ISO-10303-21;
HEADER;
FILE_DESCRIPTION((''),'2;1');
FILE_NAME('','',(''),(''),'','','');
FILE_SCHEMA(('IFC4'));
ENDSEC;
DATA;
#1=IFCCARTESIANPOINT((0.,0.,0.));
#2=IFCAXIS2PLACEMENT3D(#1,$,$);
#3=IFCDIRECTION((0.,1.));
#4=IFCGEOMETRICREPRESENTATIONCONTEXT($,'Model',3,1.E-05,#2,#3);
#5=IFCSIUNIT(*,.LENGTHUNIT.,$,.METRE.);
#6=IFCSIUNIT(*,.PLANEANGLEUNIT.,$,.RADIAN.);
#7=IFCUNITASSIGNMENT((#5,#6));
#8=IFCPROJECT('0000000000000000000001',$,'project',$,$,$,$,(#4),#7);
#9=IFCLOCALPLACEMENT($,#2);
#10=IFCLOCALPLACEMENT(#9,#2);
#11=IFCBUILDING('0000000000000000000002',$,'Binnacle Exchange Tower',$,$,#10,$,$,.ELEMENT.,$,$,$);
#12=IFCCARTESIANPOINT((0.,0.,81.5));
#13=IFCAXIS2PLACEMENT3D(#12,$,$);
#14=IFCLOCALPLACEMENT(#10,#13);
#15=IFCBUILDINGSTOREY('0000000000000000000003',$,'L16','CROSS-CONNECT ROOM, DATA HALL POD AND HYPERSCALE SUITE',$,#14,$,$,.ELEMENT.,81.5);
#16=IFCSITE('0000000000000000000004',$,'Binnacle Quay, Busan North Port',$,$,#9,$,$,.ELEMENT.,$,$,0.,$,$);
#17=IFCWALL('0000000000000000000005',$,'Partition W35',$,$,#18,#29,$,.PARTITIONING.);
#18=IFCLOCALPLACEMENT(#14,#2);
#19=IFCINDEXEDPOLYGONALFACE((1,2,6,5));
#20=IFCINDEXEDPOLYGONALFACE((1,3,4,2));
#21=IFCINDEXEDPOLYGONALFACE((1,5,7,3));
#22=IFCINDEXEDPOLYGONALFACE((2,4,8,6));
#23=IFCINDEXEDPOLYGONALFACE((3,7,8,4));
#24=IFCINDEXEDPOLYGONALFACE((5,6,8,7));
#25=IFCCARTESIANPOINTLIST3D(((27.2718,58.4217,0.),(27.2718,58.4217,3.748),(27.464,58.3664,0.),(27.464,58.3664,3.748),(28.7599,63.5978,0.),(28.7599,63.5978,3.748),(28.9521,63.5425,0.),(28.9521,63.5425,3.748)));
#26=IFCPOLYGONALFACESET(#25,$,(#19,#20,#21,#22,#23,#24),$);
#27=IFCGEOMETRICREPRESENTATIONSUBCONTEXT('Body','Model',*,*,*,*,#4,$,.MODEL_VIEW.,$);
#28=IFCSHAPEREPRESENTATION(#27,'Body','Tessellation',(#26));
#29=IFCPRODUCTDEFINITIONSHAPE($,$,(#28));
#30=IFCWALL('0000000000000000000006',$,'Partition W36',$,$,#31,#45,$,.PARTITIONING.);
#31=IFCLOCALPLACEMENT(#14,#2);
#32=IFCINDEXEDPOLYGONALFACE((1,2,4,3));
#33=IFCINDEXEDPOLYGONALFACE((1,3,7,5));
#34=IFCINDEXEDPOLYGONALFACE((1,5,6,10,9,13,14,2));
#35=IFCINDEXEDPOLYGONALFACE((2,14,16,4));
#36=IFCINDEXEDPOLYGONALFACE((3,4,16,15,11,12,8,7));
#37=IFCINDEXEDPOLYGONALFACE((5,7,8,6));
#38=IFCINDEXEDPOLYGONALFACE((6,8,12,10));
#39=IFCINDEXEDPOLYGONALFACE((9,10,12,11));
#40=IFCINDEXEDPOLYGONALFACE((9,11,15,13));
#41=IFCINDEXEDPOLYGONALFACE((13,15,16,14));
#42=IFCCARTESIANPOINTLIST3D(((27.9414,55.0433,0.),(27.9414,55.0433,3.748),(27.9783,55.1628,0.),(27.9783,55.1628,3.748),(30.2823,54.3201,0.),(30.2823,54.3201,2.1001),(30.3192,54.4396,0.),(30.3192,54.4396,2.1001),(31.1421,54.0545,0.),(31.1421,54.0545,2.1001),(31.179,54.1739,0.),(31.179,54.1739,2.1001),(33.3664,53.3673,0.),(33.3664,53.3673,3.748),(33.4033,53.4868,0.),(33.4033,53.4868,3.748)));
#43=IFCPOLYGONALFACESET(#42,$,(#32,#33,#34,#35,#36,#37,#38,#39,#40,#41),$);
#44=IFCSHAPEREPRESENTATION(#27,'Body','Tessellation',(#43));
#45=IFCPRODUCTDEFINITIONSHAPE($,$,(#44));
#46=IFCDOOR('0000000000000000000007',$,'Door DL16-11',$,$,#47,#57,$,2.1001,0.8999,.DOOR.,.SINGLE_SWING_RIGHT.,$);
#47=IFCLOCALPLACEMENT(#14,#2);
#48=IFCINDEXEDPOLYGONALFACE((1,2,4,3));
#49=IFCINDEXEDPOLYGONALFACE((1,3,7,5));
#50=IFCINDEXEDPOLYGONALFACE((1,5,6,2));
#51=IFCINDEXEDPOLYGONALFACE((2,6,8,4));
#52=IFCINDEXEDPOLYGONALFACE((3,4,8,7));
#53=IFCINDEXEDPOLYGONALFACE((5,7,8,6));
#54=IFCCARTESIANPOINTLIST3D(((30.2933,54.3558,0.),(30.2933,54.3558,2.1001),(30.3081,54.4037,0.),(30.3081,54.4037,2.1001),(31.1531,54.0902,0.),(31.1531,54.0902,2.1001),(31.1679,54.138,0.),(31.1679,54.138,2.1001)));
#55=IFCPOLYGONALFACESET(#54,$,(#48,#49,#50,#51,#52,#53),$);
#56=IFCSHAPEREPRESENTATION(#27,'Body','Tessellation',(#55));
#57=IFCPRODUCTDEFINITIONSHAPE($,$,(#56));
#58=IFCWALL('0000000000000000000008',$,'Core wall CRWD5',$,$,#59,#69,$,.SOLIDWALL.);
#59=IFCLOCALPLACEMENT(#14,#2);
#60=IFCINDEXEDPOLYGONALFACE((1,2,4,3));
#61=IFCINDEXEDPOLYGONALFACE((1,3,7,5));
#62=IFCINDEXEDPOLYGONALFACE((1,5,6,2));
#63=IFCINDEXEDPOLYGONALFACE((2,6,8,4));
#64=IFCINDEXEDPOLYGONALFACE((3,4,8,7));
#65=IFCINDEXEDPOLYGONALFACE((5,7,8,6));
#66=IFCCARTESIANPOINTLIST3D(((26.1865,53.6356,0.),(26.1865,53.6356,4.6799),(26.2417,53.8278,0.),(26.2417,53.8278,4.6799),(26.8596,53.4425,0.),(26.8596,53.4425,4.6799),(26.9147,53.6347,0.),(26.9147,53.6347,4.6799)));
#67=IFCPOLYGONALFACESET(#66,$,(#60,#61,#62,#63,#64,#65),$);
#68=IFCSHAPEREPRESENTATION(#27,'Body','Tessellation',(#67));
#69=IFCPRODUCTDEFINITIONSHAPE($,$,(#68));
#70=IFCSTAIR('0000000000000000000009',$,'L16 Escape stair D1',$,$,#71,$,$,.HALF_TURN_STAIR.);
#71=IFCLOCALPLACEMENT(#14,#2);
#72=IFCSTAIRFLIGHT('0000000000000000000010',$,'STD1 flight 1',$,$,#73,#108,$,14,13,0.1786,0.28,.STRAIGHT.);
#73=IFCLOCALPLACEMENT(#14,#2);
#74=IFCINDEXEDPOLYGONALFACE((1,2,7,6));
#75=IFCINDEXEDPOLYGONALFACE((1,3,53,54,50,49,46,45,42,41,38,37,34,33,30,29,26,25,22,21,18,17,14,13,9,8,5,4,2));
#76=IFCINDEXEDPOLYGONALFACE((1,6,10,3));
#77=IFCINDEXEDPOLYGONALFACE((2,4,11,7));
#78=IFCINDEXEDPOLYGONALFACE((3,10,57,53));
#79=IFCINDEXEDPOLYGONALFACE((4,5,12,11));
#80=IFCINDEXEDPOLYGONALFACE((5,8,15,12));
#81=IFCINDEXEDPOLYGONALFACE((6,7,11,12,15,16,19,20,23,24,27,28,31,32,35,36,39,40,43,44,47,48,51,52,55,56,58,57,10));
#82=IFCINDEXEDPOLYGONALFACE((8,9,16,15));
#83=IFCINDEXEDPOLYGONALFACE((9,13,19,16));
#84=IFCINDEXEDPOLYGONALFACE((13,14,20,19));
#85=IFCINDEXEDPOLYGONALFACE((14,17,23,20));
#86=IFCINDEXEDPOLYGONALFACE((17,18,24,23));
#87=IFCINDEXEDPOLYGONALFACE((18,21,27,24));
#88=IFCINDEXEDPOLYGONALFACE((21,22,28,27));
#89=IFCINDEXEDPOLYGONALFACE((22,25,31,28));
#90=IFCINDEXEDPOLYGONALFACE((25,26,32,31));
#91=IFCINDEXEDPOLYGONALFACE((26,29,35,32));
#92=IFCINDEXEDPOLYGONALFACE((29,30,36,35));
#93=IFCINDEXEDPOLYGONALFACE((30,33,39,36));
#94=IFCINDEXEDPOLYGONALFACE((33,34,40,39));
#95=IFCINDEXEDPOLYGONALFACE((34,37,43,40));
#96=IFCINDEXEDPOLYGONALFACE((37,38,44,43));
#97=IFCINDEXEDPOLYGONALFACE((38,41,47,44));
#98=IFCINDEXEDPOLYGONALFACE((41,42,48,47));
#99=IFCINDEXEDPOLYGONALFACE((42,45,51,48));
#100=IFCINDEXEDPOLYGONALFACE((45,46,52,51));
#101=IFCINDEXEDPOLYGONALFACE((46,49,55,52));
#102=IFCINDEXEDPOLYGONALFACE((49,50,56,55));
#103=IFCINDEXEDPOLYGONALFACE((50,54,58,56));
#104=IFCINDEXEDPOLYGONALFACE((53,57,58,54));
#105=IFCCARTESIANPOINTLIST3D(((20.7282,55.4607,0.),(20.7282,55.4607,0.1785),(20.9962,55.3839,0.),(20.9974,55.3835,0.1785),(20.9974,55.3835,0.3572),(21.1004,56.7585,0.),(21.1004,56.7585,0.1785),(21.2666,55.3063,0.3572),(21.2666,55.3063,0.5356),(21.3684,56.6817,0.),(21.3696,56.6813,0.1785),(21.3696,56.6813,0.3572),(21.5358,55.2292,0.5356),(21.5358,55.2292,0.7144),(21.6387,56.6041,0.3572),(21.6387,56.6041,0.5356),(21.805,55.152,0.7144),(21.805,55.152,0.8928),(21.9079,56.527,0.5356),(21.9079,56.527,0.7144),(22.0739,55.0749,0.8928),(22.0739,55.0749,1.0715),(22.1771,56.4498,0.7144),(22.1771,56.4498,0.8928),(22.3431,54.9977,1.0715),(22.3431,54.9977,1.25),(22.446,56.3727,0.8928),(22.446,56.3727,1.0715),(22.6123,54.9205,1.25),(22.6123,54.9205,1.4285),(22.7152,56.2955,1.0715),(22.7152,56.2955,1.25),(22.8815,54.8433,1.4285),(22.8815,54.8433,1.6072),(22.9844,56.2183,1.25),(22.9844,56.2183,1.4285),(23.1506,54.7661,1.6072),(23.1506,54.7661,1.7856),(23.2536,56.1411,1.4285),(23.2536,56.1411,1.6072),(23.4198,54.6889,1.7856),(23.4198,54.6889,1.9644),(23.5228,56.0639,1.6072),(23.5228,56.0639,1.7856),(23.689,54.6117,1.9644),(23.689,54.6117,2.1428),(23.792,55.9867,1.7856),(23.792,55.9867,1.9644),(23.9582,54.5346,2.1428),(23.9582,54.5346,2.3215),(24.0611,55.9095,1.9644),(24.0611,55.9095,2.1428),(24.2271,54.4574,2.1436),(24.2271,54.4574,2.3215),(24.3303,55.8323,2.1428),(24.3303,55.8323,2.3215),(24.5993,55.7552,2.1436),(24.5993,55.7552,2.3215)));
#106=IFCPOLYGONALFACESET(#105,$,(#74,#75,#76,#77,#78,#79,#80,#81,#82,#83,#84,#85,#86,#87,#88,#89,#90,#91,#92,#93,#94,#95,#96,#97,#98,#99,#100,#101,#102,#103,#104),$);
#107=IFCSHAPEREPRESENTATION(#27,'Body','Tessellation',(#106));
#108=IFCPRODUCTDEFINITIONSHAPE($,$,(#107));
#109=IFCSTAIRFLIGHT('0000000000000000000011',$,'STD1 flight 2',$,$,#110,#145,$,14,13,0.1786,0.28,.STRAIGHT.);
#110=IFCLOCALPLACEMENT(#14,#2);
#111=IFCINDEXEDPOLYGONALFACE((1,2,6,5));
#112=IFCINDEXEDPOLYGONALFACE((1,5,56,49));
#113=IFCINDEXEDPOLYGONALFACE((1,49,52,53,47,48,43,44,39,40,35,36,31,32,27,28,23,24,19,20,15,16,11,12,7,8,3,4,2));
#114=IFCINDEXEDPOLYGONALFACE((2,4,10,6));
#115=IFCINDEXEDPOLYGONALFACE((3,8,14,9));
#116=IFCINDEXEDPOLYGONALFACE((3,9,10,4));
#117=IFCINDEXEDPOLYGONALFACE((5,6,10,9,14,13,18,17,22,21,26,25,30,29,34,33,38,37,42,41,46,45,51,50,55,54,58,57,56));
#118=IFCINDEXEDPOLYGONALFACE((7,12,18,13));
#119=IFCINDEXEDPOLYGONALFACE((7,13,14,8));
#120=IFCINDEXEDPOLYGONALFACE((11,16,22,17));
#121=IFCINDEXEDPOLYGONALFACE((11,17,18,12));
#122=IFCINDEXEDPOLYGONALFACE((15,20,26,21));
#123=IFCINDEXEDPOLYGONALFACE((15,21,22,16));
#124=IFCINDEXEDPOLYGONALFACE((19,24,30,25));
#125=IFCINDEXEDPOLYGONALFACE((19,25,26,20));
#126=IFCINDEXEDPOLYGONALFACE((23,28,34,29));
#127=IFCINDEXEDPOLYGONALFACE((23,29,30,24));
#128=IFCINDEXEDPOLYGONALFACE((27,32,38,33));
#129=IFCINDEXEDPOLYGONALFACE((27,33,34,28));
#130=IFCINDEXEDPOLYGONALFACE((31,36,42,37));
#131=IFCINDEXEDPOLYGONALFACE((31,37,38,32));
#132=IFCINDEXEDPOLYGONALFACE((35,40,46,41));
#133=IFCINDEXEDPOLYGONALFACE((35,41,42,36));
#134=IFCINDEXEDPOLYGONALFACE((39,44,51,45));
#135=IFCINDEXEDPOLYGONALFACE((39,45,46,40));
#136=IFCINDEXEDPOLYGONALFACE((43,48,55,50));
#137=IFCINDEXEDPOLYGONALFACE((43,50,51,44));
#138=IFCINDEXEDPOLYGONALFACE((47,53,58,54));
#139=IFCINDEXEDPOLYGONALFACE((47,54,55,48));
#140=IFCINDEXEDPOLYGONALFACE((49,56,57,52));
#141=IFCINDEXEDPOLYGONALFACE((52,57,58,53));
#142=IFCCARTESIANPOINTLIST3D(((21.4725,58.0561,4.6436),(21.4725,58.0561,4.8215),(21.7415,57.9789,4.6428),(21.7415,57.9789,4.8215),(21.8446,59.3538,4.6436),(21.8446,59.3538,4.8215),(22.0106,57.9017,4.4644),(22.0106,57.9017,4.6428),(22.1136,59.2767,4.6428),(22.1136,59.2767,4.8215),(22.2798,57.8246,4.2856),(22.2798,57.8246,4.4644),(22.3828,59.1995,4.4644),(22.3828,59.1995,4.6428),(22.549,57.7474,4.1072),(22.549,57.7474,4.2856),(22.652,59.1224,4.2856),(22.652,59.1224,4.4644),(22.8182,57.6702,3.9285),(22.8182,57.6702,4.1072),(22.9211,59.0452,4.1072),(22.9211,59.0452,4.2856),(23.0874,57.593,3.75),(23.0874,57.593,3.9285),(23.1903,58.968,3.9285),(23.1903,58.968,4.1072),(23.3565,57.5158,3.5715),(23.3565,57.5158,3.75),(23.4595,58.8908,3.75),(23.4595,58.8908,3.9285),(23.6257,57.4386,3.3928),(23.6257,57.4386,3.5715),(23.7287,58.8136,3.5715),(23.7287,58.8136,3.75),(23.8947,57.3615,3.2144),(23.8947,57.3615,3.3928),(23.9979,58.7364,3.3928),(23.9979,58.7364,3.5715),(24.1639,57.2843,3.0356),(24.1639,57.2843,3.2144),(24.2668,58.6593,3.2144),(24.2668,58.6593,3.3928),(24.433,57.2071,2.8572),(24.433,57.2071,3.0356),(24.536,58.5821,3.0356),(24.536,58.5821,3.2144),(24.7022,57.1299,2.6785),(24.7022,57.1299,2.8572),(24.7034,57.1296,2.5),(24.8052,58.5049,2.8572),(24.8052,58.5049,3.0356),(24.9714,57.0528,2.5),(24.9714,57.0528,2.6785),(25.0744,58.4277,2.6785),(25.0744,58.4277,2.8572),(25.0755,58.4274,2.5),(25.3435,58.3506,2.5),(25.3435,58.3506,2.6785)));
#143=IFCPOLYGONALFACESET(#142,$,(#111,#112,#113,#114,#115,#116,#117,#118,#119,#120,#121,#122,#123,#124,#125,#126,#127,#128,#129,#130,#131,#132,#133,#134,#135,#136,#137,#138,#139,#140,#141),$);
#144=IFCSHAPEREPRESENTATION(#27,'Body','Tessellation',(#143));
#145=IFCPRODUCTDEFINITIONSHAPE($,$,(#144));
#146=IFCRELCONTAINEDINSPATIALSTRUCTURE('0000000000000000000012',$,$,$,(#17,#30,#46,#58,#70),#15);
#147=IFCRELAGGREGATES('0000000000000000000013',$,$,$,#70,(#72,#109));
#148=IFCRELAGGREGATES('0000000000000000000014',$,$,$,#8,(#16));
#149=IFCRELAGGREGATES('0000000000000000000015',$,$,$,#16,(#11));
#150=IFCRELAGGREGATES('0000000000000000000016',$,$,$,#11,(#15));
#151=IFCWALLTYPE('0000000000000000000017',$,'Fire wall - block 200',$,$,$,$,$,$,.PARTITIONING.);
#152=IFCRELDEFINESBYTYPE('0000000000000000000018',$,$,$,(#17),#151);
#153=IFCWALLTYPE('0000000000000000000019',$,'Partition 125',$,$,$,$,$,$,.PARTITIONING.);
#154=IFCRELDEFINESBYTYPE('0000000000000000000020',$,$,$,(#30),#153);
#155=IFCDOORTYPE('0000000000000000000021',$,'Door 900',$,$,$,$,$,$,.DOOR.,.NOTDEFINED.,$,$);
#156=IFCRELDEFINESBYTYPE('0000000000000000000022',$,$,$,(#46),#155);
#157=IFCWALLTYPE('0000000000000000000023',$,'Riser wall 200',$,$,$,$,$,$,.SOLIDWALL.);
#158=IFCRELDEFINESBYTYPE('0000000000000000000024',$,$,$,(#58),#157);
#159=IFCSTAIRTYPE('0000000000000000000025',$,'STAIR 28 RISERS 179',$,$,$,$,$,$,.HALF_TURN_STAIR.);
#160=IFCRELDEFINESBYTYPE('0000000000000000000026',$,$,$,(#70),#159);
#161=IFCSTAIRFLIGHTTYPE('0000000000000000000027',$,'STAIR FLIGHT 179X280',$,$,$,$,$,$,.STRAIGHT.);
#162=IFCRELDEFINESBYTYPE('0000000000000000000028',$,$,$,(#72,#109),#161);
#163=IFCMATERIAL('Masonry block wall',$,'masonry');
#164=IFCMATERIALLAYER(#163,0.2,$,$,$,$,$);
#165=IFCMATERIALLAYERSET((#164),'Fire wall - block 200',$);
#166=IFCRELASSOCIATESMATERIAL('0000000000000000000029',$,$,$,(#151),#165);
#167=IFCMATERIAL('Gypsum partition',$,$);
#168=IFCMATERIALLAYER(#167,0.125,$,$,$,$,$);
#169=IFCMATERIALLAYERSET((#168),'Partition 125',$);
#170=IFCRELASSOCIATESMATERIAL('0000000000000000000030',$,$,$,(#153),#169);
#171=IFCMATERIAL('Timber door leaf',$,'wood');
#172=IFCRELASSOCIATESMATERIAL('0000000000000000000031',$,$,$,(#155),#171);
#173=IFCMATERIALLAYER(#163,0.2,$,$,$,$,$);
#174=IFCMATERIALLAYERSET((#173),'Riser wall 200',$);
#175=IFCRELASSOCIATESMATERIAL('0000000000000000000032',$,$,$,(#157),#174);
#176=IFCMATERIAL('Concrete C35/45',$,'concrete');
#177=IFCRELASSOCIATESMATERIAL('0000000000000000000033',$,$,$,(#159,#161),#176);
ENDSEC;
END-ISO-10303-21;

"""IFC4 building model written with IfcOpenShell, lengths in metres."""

from ifc_helpers import new_model, si_unit, direction, frame, frame_2d, origin, place, context, subcontext, project, spatial, polyline, rectangle, outline, extrude, material, layer, layer_set, type_object, element, fill, aggregate, save


model = new_model("IFC4")

# Units and contexts
model_context = context("Model", 3, precision=1e-05, world=origin(), true_north=direction((0.0, 1.0)))
body_context = subcontext(model_context, "Body", "Model", "MODEL_VIEW")
ifc_project = project(units=[si_unit("LENGTHUNIT", "METRE"), si_unit("PLANEANGLEUNIT", "RADIAN")], contexts=[model_context])

# Site, building, storey
site_placement = place(None, origin())
site = spatial("IfcSite", under=ifc_project, at=site_placement, Name="Binnacle Quay, Busan North Port", CompositionType="ELEMENT", RefElevation=0.0)
building_placement = place(site_placement, origin())
building = spatial("IfcBuilding", under=site, at=building_placement, Name="Binnacle Exchange Tower", CompositionType="ELEMENT")
storey_placement = place(building_placement, frame((0.0, 0.0, 81.5)))
storey = spatial("IfcBuildingStorey", under=building, at=storey_placement, Name="L16", Description="CROSS-CONNECT ROOM, DATA HALL POD AND HYPERSCALE SUITE", CompositionType="ELEMENT", Elevation=81.5)

# Wall
ifc_material_1 = material(Name="Masonry block wall", Category="masonry")
ifc_layer_1 = layer(ifc_material_1, 0.2)
ifc_layer_set_1 = layer_set([ifc_layer_1], Name="Fire wall - block 200")
wall_type_1 = type_object("IfcWallType", Name="Fire wall - block 200", PredefinedType="PARTITIONING", material=ifc_layer_set_1)
wall_1_placement = place(storey_placement, frame((27.3679, 58.394, 0.0), z_axis=(0.0, 0.0, 1.0), x_axis=(0.276295, 0.961073, 0.0)))
element("IfcWall", 1, at=wall_1_placement, inside=storey, type_object=wall_type_1, Name="Partition W35", PredefinedType="PARTITIONING", context=body_context, shape_type="SweptSolid", body=[
    extrude(rectangle(XDim=5.3857, YDim=0.2, at=frame_2d((2.6929, 0.0))), origin(), (0.0, 0.0, 1.0), 3.748),
])

# Wall, opening, door
ifc_material_2 = material(Name="Gypsum partition")
ifc_layer_2 = layer(ifc_material_2, 0.125)
ifc_layer_set_2 = layer_set([ifc_layer_2], Name="Partition 125")
wall_type_2 = type_object("IfcWallType", Name="Partition 125", PredefinedType="PARTITIONING", material=ifc_layer_set_2)
wall_2_placement = place(storey_placement, frame((27.96, 55.103, 0.0), z_axis=(0.0, 0.0, 1.0), x_axis=(0.955443, -0.295176, 0.0)))
wall_2 = element("IfcWall", 2, at=wall_2_placement, inside=storey, type_object=wall_type_2, Name="Partition W36", PredefinedType="PARTITIONING", context=body_context, shape_type="SweptSolid", body=[
    extrude(rectangle(XDim=5.678, YDim=0.125, at=frame_2d((2.8389, 0.0))), origin(), (0.0, 0.0, 1.0), 3.748),
])
opening_1_placement = place(wall_2_placement, frame((2.45, 0.0, 0.0)))
opening_1 = element("IfcOpeningElement", 3, at=opening_1_placement, cuts=wall_2, PredefinedType="OPENING", context=body_context, shape_type="SweptSolid", body=[
    extrude(rectangle(XDim=0.8999, YDim=2.1001, at=frame_2d((0.45, 1.05))), frame((0.0, 0.0725, 0.0), z_axis=(0.0, -1.0, 0.0), x_axis=(1.0, 0.0, 0.0)), (0.0, 0.0, 1.0), 0.145),
])
ifc_material_3 = material(Name="Timber door leaf", Category="wood")
door_type_1 = type_object("IfcDoorType", Name="Door 900", OperationType="NOTDEFINED", PredefinedType="DOOR", material=ifc_material_3)
door_1_placement = place(opening_1_placement, origin())
door_1 = element("IfcDoor", 4, at=door_1_placement, inside=storey, type_object=door_type_1, Name="Door DL16-11", OperationType="SINGLE_SWING_RIGHT", OverallHeight=2.1001, OverallWidth=0.8999, PredefinedType="DOOR", context=body_context, shape_type="SweptSolid", body=[
    extrude(rectangle(XDim=0.8999, YDim=2.1001, at=frame_2d((0.45, 1.05))), frame((0.0, 0.0249, 0.0), z_axis=(0.0, -1.0, 0.0), x_axis=(1.0, 0.0, 0.0)), (0.0, 0.0, 1.0), 0.05),
])
fill(opening_1, door_1)

# Wall
ifc_layer_3 = layer(ifc_material_1, 0.2)
ifc_layer_set_3 = layer_set([ifc_layer_3], Name="Riser wall 200")
wall_type_3 = type_object("IfcWallType", Name="Riser wall 200", PredefinedType="SOLIDWALL", material=ifc_layer_set_3)
wall_3_placement = place(storey_placement, frame((26.2141, 53.7317, 0.0), z_axis=(0.0, 0.0, 1.0), x_axis=(0.961221, -0.27578, 0.0)))
element("IfcWall", 5, at=wall_3_placement, inside=storey, type_object=wall_type_3, Name="Core wall CRWD5", PredefinedType="SOLIDWALL", context=body_context, shape_type="SweptSolid", body=[
    extrude(rectangle(XDim=0.7002, YDim=0.2, at=frame_2d((0.3501, 0.0))), origin(), (0.0, 0.0, 1.0), 4.6799),
])

# Stair, stair flights
ifc_material_4 = material(Name="Concrete C35/45", Category="concrete")
stair_type = type_object("IfcStairType", Name="STAIR 28 RISERS 179", PredefinedType="HALF_TURN_STAIR", material=ifc_material_4)
stair_placement = place(storey_placement, origin())
stair = element("IfcStair", 6, at=stair_placement, inside=storey, type_object=stair_type, Name="L16 Escape stair D1", PredefinedType="HALF_TURN_STAIR")
stair_flight_type = type_object("IfcStairFlightType", Name="STAIR FLIGHT 179X280", PredefinedType="STRAIGHT", material=ifc_material_4)
stair_flight_1_placement = place(storey_placement, frame((20.9143, 56.1096, 0.0), z_axis=(0.0, 0.0, 1.0), x_axis=(0.961262, -0.275637, 0.0)))
stair_flight_1 = element("IfcStairFlight", 7, at=stair_flight_1_placement, type_object=stair_flight_type, Name="STD1 flight 1", NumberOfRisers=14, NumberOfTreads=13, PredefinedType="STRAIGHT", RiserHeight=0.1786, TreadLength=0.28, context=body_context, shape_type="SweptSolid", body=[
    extrude(outline(polyline([(0.0, 0.0), (0.0, 0.1785), (0.28, 0.1785), (0.28, 0.3572), (0.5601, 0.3572), (0.5601, 0.5356), (0.8401, 0.5356), (0.8401, 0.7144), (1.1201, 0.7144), (1.1201, 0.8928), (1.3999, 0.8928), (1.3999, 1.0715), (1.6799, 1.0715), (1.6799, 1.25), (1.96, 1.25), (1.96, 1.4285), (2.24, 1.4285), (2.24, 1.6072), (2.52, 1.6072), (2.52, 1.7856), (2.8, 1.7856), (2.8, 1.9644), (3.0801, 1.9644), (3.0801, 2.1428), (3.3601, 2.1428), (3.3601, 2.3215), (3.6399, 2.3215), (3.6399, 2.5), (3.6399, 2.1436), (0.2788, 0.0), (0.0, 0.0)])), frame((0.0, 0.675, 0.0), z_axis=(0.0, -1.0, 0.0), x_axis=(1.0, 0.0, 0.0)), (0.0, 0.0, 1.0), 1.3501),
])
stair_flight_2_placement = place(storey_placement, frame((25.1575, 57.7017, 2.5), z_axis=(0.0, 0.0, 1.0), x_axis=(-0.961262, 0.275637, 0.0)))
stair_flight_2 = element("IfcStairFlight", 8, at=stair_flight_2_placement, type_object=stair_flight_type, Name="STD1 flight 2", NumberOfRisers=14, NumberOfTreads=13, PredefinedType="STRAIGHT", RiserHeight=0.1786, TreadLength=0.28, context=body_context, shape_type="SweptSolid", body=[
    extrude(outline(polyline([(0.0, 0.0), (0.0, 0.1785), (0.28, 0.1785), (0.28, 0.3572), (0.5601, 0.3572), (0.5601, 0.5356), (0.8401, 0.5356), (0.8401, 0.7144), (1.1201, 0.7144), (1.1201, 0.8928), (1.3999, 0.8928), (1.3999, 1.0715), (1.6799, 1.0715), (1.6799, 1.25), (1.96, 1.25), (1.96, 1.4285), (2.24, 1.4285), (2.24, 1.6072), (2.52, 1.6072), (2.52, 1.7856), (2.8, 1.7856), (2.8, 1.9644), (3.0801, 1.9644), (3.0801, 2.1428), (3.3601, 2.1428), (3.3601, 2.3215), (3.6399, 2.3215), (3.6399, 2.5), (3.6399, 2.1436), (0.2788, 0.0), (0.0, 0.0)])), frame((0.0, 0.675, 0.0), z_axis=(0.0, -1.0, 0.0), x_axis=(1.0, 0.0, 0.0)), (0.0, 0.0, 1.0), 1.3501),
])
aggregate(stair, [stair_flight_1, stair_flight_2])

save(model, "model.ifc")
